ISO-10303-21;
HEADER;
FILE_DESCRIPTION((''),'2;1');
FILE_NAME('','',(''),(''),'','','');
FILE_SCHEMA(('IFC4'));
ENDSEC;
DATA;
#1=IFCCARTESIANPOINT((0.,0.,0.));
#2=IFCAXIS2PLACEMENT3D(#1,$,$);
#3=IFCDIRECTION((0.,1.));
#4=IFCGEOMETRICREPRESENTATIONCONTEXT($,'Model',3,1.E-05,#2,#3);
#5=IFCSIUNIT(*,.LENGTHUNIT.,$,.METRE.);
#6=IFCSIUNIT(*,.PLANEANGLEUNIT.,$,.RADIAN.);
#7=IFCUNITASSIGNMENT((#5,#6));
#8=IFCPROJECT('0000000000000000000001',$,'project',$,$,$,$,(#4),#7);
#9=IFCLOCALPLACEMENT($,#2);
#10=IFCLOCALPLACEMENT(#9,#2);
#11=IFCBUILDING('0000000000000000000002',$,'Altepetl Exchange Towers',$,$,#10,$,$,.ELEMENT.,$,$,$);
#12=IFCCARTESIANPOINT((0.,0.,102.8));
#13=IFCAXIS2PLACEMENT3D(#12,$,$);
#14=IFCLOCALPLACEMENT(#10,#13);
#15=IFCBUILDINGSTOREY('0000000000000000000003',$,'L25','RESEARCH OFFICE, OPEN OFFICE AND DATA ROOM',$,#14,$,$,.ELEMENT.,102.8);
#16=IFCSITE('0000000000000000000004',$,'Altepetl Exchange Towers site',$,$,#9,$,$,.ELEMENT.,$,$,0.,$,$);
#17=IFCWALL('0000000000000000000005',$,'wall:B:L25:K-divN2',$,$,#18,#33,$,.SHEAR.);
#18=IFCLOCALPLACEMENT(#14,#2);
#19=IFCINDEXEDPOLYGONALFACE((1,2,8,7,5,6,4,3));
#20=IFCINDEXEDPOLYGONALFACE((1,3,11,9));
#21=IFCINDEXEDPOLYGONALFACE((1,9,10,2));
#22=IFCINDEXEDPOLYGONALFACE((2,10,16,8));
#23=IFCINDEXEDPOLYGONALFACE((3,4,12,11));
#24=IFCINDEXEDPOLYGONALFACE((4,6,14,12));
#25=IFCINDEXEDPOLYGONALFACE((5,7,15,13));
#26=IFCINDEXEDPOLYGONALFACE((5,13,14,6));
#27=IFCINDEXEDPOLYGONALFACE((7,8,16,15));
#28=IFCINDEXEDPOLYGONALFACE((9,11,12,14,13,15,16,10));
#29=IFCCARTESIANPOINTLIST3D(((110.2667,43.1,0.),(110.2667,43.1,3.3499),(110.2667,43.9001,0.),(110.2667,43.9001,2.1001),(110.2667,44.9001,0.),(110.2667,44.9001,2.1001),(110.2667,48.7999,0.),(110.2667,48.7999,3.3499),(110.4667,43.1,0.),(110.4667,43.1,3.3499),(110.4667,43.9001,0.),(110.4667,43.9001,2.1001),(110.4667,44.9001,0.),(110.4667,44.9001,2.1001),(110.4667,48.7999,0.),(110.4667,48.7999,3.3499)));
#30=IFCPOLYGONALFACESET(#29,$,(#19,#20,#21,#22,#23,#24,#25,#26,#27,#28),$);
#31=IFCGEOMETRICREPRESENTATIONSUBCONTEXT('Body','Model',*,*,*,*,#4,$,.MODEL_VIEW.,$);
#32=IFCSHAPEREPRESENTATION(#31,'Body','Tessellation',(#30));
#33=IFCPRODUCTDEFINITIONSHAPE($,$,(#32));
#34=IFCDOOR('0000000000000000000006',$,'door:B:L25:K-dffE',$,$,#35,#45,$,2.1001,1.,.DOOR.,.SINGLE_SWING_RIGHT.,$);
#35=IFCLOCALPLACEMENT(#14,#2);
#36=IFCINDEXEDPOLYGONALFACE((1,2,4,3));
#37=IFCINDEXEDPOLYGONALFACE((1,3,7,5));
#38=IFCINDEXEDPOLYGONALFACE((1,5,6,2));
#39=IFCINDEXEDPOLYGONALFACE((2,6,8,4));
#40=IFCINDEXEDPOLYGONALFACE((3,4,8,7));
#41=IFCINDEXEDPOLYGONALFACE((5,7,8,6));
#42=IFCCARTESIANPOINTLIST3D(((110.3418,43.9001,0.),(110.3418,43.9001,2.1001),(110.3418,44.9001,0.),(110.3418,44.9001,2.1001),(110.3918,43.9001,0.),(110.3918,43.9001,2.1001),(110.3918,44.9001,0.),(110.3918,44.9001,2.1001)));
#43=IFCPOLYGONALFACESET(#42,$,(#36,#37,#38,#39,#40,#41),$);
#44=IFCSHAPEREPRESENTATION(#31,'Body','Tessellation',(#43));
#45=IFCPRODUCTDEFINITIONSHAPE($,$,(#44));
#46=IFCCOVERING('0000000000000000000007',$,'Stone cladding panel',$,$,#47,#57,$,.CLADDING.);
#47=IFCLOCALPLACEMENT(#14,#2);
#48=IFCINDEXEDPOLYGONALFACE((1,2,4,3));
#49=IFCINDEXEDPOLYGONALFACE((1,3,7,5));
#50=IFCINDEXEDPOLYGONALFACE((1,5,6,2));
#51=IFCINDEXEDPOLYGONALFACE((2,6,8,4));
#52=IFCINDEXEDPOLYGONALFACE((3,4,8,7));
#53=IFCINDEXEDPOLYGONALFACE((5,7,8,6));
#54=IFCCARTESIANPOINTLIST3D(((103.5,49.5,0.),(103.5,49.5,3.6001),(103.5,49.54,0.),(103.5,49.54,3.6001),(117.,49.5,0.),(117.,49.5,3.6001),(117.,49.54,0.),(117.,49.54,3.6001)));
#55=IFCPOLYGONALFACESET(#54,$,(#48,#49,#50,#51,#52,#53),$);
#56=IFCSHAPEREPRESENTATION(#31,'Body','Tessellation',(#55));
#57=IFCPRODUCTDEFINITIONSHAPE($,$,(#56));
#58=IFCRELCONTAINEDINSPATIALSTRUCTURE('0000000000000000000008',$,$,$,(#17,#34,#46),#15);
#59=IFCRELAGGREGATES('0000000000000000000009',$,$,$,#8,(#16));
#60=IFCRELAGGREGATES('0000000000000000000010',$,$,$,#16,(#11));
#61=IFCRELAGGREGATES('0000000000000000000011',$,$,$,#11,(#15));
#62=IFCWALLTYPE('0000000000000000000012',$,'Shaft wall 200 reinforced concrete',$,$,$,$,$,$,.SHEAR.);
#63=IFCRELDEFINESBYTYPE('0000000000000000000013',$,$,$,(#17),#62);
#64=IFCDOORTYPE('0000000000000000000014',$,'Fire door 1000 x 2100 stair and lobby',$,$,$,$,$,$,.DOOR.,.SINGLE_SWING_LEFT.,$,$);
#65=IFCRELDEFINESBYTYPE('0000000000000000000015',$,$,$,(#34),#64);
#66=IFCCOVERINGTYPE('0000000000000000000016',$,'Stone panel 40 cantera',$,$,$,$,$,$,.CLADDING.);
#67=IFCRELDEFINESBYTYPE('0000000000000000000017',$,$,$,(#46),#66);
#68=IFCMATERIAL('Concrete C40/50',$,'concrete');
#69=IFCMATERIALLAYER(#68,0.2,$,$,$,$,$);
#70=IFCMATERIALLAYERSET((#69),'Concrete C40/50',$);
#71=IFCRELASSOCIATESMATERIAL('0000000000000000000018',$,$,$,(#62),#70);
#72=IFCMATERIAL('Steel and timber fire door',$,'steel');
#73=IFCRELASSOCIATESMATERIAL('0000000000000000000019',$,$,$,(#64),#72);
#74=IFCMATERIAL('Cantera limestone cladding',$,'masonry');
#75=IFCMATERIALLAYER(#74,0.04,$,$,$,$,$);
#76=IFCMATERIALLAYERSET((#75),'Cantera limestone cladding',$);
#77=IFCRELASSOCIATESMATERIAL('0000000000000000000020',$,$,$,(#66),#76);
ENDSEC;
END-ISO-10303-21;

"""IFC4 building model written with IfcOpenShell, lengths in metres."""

from ifc_helpers import new_model, si_unit, direction, frame, frame_2d, origin, origin_2d, place, context, subcontext, project, spatial, rectangle, extrude, material, layer, layer_set, type_object, element, fill, save


model = new_model("IFC4")

# Units and contexts
model_context = context("Model", 3, precision=1e-05, world=origin(), true_north=direction((0.0, 1.0)))
body_context = subcontext(model_context, "Body", "Model", "MODEL_VIEW")
ifc_project = project(units=[si_unit("LENGTHUNIT", "METRE"), si_unit("PLANEANGLEUNIT", "RADIAN")], contexts=[model_context])

# Site, building, storey
site_placement = place(None, origin())
site = spatial("IfcSite", under=ifc_project, at=site_placement, Name="Altepetl Exchange Towers site", CompositionType="ELEMENT", RefElevation=0.0)
building_placement = place(site_placement, origin())
building = spatial("IfcBuilding", under=site, at=building_placement, Name="Altepetl Exchange Towers", CompositionType="ELEMENT")
storey_placement = place(building_placement, frame((0.0, 0.0, 102.8)))
storey = spatial("IfcBuildingStorey", under=building, at=storey_placement, Name="L25", Description="RESEARCH OFFICE, OPEN OFFICE AND DATA ROOM", CompositionType="ELEMENT", Elevation=102.8)

# Shared definitions
ifc_material_1 = material(Name="Concrete C40/50", Category="concrete")
ifc_layer_1 = layer(ifc_material_1, 0.2)
ifc_layer_set_1 = layer_set([ifc_layer_1], Name="Concrete C40/50")
wall_type_1 = type_object("IfcWallType", Name="Shaft wall 200 reinforced concrete", PredefinedType="SHEAR", material=ifc_layer_set_1)

# Wall, opening, door
wall_1_placement = place(storey_placement, frame((110.3667, 48.8, 0.0), z_axis=(0.0, 0.0, 1.0), x_axis=(0.0, -1.0, 0.0)))
wall_1 = element("IfcWall", 1, at=wall_1_placement, inside=storey, type_object=wall_type_1, Name="wall:B:L25:K-divN2", PredefinedType="SHEAR", context=body_context, shape_type="SweptSolid", body=[
    extrude(rectangle(XDim=5.7, YDim=0.2, at=frame_2d((2.8501, 0.0))), origin(), (0.0, 0.0, 1.0), 3.3499),
])
opening_placement = place(wall_1_placement, frame((3.8999, 0.0, 0.0)))
opening = element("IfcOpeningElement", 2, at=opening_placement, cuts=wall_1, PredefinedType="OPENING", context=body_context, shape_type="SweptSolid", body=[
    extrude(rectangle(XDim=1.0, YDim=2.1001, at=frame_2d((0.5, 1.05))), frame((0.0, 0.1099, 0.0), z_axis=(0.0, -1.0, 0.0), x_axis=(1.0, 0.0, 0.0)), (0.0, 0.0, 1.0), 0.22),
])
ifc_material_2 = material(Name="Steel and timber fire door", Category="steel")
door_type = type_object("IfcDoorType", Name="Fire door 1000 x 2100 stair and lobby", OperationType="SINGLE_SWING_LEFT", PredefinedType="DOOR", material=ifc_material_2)
door_placement = place(opening_placement, frame((1.0, 0.0, 0.0), x_axis=(-1.0, 0.0, 0.0)))
door = element("IfcDoor", 3, at=door_placement, inside=storey, type_object=door_type, Name="door:B:L25:K-dffE", OperationType="SINGLE_SWING_RIGHT", OverallHeight=2.1001, OverallWidth=1.0, PredefinedType="DOOR", context=body_context, shape_type="SweptSolid", body=[
    extrude(rectangle(XDim=1.0, YDim=2.1001, at=frame_2d((0.5, 1.05))), frame((0.0, 0.0249, 0.0), z_axis=(0.0, -1.0, 0.0), x_axis=(1.0, 0.0, 0.0)), (0.0, 0.0, 1.0), 0.05),
])
fill(opening, door)

# Covering
ifc_material_3 = material(Name="Cantera limestone cladding", Category="masonry")
ifc_layer_2 = layer(ifc_material_3, 0.04)
ifc_layer_set_2 = layer_set([ifc_layer_2], Name="Cantera limestone cladding")
covering_type = type_object("IfcCoveringType", Name="Stone panel 40 cantera", PredefinedType="CLADDING", material=ifc_layer_set_2)
covering_placement = place(storey_placement, frame((110.25, 49.52, 0.0), z_axis=(0.0, 0.0, 1.0), x_axis=(-1.0, 0.0, 0.0)))
element("IfcCovering", 4, at=covering_placement, inside=storey, type_object=covering_type, Name="Stone cladding panel", PredefinedType="CLADDING", context=body_context, shape_type="SweptSolid", body=[
    extrude(rectangle(XDim=13.5, YDim=0.04, at=origin_2d()), origin(), (0.0, 0.0, 1.0), 3.6001),
])

save(model, "model.ifc")
